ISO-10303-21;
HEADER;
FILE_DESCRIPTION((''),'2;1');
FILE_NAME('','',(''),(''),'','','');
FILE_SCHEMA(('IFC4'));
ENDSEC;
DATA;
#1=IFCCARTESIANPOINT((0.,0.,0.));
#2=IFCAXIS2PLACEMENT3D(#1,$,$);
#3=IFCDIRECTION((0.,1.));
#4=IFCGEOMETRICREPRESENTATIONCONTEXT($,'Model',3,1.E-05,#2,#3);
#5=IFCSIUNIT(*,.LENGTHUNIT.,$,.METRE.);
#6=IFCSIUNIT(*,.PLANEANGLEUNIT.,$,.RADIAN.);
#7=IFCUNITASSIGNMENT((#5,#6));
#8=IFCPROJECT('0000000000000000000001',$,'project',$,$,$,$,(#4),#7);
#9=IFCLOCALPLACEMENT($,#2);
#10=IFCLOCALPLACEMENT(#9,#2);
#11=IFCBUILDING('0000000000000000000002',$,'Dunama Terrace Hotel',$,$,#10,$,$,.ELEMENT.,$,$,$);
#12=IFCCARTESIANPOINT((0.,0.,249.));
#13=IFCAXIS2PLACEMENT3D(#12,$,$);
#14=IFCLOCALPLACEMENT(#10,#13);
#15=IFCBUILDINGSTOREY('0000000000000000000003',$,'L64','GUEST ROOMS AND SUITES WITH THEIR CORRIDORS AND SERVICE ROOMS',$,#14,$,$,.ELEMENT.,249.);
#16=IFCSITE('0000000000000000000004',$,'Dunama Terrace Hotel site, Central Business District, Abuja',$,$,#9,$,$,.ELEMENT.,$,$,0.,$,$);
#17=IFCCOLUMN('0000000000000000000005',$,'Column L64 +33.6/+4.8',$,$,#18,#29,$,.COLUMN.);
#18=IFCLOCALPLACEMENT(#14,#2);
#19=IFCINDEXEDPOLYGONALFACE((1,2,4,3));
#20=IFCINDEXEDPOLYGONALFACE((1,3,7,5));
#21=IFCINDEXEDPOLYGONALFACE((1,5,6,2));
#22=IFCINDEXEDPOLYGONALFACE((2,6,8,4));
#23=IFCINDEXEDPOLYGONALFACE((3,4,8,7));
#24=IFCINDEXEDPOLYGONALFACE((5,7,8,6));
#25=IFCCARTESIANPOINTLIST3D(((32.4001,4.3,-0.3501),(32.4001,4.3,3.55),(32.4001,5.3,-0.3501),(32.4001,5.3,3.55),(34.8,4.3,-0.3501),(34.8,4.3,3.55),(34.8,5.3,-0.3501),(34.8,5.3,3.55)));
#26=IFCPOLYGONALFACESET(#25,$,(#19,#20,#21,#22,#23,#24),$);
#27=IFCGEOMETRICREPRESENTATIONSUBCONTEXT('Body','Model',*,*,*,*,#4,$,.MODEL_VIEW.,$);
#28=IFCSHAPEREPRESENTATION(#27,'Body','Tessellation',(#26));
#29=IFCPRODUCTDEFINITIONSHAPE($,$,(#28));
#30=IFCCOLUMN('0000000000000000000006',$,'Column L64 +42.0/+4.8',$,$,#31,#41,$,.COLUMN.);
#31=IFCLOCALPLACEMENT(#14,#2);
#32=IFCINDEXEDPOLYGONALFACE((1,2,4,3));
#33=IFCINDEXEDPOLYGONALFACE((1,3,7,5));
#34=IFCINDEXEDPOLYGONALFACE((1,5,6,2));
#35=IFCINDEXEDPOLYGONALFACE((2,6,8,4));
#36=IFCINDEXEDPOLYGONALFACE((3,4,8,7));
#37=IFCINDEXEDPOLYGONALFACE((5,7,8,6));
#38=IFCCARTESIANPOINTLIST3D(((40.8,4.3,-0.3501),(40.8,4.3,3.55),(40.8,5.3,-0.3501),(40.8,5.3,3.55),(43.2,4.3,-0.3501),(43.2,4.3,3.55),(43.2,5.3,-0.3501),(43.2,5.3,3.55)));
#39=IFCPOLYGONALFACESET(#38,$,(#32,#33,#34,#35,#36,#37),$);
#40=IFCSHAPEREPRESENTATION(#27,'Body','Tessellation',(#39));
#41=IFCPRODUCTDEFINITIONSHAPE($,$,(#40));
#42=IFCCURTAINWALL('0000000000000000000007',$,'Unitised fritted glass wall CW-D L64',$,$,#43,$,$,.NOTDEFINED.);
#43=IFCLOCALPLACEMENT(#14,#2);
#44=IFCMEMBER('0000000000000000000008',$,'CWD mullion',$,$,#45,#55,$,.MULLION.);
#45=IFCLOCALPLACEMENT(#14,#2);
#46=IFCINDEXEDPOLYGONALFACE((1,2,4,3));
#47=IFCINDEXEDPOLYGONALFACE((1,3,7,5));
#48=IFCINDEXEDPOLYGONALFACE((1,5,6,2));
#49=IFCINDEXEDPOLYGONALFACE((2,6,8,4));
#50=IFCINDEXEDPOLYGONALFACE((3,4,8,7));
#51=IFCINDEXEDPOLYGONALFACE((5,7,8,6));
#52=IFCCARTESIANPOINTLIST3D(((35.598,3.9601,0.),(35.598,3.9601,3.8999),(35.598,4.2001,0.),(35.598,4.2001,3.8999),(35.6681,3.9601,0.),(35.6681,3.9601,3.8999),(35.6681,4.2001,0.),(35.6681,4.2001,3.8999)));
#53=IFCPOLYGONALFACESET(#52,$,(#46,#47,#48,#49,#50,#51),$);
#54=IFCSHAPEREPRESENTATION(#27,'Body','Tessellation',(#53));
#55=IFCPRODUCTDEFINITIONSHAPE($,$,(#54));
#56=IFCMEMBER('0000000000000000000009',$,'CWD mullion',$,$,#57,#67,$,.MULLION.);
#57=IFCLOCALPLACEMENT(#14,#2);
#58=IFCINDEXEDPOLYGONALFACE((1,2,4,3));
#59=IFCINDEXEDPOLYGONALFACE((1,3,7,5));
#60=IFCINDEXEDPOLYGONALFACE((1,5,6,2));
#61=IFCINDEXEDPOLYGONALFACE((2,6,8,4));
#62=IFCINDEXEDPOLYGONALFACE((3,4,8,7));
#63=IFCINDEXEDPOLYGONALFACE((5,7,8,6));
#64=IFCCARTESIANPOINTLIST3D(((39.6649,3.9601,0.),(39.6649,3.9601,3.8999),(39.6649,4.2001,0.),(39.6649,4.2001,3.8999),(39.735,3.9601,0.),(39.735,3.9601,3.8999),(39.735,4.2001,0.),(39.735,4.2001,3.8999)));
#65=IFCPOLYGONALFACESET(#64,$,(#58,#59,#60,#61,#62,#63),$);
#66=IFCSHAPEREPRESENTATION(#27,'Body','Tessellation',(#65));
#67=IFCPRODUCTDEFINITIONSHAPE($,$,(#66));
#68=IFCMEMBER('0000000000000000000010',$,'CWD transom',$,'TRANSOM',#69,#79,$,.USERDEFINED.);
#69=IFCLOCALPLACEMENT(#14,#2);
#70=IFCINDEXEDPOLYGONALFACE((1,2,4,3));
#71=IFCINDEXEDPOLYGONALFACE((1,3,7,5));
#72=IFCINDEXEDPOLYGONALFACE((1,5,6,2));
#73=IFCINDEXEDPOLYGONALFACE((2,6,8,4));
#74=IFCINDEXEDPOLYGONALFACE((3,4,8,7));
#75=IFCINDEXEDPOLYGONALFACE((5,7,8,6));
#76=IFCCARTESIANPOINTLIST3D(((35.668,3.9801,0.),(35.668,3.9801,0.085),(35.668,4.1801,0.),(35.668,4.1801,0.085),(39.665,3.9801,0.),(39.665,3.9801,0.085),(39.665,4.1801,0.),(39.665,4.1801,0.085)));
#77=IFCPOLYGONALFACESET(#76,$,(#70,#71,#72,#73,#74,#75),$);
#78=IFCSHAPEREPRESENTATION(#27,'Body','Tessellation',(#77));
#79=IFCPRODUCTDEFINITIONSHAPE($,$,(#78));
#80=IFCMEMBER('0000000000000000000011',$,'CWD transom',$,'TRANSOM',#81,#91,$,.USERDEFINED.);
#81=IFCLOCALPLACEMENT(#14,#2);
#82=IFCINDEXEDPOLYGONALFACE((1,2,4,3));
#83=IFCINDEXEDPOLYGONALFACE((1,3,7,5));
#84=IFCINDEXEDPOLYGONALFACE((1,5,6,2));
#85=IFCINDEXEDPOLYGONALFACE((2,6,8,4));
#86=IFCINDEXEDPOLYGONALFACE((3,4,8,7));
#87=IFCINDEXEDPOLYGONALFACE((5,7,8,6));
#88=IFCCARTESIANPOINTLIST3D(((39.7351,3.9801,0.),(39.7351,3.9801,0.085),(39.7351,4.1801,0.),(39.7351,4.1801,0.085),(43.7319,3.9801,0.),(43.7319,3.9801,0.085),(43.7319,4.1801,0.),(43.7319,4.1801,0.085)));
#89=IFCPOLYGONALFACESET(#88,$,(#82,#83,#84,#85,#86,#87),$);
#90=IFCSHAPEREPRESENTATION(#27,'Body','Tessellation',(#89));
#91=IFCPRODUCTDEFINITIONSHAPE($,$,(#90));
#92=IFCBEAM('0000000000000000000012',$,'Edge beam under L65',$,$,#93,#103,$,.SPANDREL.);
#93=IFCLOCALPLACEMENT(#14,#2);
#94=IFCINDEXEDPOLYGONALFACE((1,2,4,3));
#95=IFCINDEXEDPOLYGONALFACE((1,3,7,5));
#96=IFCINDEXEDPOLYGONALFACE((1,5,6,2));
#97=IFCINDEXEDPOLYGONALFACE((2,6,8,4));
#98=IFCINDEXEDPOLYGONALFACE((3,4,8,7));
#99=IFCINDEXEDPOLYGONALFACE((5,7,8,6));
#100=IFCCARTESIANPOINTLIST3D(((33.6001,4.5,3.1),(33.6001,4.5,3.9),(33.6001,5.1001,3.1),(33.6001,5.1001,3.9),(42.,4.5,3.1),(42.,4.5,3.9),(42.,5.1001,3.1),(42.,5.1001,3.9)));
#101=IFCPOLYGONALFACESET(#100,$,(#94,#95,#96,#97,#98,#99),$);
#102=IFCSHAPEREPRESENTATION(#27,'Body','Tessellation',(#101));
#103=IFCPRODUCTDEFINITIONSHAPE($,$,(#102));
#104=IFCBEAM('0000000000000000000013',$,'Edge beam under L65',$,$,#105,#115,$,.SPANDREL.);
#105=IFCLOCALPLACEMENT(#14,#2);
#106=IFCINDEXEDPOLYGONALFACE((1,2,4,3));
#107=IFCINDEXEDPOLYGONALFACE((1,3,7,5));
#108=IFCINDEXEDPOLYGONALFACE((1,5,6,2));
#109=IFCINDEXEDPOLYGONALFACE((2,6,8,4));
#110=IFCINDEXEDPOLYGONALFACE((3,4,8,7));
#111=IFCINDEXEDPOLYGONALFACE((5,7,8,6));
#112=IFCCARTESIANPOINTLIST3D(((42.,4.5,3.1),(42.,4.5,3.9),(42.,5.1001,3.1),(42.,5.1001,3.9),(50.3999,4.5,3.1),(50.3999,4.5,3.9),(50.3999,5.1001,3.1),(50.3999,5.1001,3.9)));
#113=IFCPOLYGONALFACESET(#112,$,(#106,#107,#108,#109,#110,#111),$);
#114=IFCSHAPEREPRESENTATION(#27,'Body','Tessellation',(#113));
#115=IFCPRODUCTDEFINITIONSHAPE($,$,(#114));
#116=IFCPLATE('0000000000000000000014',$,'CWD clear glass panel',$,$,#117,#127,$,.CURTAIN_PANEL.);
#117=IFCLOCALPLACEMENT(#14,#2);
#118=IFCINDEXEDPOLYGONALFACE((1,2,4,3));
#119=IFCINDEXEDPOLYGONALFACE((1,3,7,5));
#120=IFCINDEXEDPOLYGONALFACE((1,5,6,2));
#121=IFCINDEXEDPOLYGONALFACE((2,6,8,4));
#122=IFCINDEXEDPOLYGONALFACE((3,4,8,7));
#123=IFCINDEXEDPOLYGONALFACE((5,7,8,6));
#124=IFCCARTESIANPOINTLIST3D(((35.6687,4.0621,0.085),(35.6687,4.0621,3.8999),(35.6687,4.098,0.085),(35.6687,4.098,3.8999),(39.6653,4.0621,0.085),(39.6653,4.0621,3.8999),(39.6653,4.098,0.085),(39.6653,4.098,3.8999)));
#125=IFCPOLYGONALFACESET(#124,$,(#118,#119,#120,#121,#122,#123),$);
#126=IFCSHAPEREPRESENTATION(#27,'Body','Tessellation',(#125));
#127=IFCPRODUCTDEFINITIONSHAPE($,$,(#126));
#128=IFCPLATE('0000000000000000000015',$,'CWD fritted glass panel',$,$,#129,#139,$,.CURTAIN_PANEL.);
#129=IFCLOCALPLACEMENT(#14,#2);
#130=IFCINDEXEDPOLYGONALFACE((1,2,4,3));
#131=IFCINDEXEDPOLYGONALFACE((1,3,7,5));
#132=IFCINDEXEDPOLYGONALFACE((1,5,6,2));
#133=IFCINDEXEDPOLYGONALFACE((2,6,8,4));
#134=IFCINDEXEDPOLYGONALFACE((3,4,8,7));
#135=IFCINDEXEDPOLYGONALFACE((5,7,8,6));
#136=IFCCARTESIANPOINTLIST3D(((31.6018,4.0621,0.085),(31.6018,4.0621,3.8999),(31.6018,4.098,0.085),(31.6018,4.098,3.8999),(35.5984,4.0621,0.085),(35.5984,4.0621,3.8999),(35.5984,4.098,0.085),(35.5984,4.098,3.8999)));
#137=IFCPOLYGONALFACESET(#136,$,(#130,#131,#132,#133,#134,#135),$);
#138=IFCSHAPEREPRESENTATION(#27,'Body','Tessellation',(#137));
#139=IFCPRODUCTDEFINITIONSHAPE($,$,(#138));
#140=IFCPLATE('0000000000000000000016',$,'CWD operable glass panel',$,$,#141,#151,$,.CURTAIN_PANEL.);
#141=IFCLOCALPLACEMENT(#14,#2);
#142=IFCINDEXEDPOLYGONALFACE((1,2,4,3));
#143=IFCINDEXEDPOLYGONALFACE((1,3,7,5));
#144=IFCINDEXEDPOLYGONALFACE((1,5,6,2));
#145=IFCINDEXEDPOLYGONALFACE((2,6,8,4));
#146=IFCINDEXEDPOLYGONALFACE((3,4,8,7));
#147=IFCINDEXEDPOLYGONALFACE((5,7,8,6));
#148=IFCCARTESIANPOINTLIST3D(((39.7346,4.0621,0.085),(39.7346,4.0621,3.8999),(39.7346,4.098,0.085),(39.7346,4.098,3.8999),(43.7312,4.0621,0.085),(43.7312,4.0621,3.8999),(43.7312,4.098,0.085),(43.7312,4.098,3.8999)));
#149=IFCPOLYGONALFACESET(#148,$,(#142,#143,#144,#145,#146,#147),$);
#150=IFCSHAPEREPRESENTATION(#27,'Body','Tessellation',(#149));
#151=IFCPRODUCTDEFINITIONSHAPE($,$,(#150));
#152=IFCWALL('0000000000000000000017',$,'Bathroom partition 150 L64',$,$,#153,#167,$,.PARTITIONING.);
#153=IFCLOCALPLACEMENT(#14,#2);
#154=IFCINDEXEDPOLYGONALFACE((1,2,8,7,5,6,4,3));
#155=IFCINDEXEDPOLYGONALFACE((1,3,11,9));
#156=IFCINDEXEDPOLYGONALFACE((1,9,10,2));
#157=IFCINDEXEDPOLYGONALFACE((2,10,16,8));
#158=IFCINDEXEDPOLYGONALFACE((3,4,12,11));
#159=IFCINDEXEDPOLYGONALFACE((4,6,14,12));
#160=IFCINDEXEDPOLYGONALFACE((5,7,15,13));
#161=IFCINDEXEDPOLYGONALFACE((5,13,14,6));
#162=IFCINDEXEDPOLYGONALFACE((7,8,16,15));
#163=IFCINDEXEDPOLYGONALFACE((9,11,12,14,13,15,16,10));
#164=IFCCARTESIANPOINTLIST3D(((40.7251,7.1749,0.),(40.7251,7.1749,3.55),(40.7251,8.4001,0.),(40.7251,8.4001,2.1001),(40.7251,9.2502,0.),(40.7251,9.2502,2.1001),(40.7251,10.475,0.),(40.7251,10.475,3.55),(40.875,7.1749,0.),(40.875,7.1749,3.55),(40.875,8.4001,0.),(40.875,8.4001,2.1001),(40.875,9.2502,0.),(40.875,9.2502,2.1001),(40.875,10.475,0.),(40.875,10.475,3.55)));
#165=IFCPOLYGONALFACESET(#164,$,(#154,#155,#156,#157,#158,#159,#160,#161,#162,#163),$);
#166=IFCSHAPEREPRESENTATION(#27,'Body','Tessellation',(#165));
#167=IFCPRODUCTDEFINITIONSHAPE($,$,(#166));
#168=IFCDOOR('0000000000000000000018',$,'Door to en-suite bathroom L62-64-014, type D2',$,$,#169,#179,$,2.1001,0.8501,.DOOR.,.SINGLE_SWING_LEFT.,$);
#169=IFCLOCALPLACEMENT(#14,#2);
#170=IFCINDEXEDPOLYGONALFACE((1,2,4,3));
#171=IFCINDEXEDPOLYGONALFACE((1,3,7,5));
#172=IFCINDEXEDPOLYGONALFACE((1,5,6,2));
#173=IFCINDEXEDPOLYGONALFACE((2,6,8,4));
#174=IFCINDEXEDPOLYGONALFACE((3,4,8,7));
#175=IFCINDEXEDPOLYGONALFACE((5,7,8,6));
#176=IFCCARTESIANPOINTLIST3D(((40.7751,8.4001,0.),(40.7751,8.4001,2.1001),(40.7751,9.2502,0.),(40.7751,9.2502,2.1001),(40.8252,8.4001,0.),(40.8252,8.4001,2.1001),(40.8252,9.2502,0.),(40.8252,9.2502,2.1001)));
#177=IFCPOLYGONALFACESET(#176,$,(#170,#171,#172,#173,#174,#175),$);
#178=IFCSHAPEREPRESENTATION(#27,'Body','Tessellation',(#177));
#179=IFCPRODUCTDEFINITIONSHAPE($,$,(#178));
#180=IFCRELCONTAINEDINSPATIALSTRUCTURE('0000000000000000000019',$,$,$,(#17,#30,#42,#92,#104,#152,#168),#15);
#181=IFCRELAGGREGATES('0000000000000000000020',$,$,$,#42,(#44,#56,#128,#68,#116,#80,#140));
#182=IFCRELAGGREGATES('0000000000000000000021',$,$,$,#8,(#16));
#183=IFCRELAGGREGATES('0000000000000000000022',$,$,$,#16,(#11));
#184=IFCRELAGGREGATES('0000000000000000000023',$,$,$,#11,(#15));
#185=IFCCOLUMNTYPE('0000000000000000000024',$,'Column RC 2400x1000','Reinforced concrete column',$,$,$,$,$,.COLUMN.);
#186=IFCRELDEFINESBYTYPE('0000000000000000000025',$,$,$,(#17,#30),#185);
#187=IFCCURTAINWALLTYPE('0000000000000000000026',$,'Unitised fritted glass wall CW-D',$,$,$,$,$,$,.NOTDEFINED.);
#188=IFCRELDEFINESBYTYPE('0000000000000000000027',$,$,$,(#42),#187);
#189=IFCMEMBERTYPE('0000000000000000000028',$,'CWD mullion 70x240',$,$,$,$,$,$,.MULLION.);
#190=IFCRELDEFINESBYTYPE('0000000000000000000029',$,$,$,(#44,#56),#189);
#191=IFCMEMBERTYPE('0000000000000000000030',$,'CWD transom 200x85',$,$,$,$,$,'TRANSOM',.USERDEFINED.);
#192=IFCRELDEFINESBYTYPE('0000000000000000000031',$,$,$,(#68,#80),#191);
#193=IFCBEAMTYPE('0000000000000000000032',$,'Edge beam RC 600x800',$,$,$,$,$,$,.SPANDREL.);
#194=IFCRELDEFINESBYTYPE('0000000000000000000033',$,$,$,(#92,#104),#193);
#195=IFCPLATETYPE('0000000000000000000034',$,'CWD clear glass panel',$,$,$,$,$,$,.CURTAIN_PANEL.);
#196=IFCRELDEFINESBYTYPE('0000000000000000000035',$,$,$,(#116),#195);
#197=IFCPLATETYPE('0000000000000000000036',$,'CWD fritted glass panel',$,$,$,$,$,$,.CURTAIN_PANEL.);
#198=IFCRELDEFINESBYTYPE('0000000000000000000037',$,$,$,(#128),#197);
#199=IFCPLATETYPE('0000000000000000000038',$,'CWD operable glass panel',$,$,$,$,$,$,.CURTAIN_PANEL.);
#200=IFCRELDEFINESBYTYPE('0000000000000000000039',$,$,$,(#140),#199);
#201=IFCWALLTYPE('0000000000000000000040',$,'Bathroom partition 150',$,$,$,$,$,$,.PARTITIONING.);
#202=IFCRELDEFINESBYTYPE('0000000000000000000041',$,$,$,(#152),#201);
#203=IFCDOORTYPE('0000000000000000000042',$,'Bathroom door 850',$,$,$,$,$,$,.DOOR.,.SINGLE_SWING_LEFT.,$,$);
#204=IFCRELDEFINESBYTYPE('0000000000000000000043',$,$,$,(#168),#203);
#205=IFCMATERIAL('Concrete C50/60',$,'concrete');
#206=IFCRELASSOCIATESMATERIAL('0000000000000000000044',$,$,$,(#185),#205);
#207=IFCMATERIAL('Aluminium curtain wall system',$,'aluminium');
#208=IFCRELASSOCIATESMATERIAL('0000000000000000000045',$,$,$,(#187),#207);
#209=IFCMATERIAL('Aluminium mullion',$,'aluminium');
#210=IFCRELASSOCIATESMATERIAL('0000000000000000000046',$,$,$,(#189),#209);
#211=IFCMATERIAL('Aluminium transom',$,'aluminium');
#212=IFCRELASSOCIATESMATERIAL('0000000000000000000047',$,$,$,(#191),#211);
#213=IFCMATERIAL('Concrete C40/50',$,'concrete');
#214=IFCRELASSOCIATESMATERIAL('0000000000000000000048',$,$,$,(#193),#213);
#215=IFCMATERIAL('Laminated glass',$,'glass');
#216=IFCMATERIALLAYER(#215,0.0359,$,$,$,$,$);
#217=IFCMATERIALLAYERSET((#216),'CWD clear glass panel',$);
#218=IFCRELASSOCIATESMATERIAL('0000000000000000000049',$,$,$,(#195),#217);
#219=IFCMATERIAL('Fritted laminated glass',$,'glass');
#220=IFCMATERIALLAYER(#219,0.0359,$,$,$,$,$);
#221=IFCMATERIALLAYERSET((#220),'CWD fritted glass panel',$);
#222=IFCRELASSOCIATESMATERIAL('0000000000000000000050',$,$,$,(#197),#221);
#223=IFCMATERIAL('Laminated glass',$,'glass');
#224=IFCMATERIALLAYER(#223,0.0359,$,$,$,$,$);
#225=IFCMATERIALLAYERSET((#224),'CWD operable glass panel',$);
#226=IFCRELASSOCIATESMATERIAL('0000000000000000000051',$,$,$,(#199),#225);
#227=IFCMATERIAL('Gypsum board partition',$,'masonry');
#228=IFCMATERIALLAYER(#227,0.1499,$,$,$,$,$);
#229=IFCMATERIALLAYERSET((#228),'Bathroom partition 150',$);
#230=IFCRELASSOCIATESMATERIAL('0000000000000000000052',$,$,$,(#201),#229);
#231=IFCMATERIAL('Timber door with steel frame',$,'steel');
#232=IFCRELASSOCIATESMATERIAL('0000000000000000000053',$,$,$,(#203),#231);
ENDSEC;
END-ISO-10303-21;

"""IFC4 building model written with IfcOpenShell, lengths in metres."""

from ifc_helpers import new_model, si_unit, direction, frame, frame_2d, origin, origin_2d, place, context, subcontext, project, spatial, rectangle, extrude, material, layer, layer_set, material_profile, profile_set, type_object, element, fill, aggregate, save


model = new_model("IFC4")

# Units and contexts
model_context = context("Model", 3, precision=1e-05, world=origin(), true_north=direction((0.0, 1.0)))
body_context = subcontext(model_context, "Body", "Model", "MODEL_VIEW")
ifc_project = project(units=[si_unit("LENGTHUNIT", "METRE"), si_unit("PLANEANGLEUNIT", "RADIAN")], contexts=[model_context])

# Site, building, storey
site_placement = place(None, origin())
site = spatial("IfcSite", under=ifc_project, at=site_placement, Name="Dunama Terrace Hotel site, Central Business District, Abuja", CompositionType="ELEMENT", RefElevation=0.0)
building_placement = place(site_placement, origin())
building = spatial("IfcBuilding", under=site, at=building_placement, Name="Dunama Terrace Hotel", CompositionType="ELEMENT")
storey_placement = place(building_placement, frame((0.0, 0.0, 249.0)))
storey = spatial("IfcBuildingStorey", under=building, at=storey_placement, Name="L64", Description="GUEST ROOMS AND SUITES WITH THEIR CORRIDORS AND SERVICE ROOMS", CompositionType="ELEMENT", Elevation=249.0)

# Columns
ifc_material_1 = material(Name="Concrete C50/60", Category="concrete")
ifc_material_profile_1 = material_profile(ifc_material_1, rectangle(XDim=2.3999, YDim=1.0, at=origin_2d()), Name="RC 2400x1000")
ifc_profile_set_1 = profile_set([ifc_material_profile_1], Name="Concrete C50/60")
column_type = type_object("IfcColumnType", Name="Column RC 2400x1000", Description="Reinforced concrete column", PredefinedType="COLUMN", material=ifc_profile_set_1)
for number, where, z_axis, x_axis, name in (
    (1, (33.6001, 4.8, -0.3501), (0.0, 0.0, 1.0), (1.0, 0.0, 0.0), "Column L64 +33.6/+4.8"),
    (2, (42.0, 4.8, -0.3501), (0.0, 0.0, 1.0), (1.0, 0.0, 0.0), "Column L64 +42.0/+4.8"),
):
    element("IfcColumn", number, at=place(storey_placement, frame(where, z_axis=z_axis, x_axis=x_axis)), inside=storey, type_object=column_type, Name=name, PredefinedType="COLUMN", context=body_context, shape_type="SweptSolid", body=[
        extrude(rectangle(XDim=2.3999, YDim=1.0, at=origin_2d()), origin(), (0.0, 0.0, 1.0), 3.9001),
    ])

# Curtain wall, members
ifc_material_2 = material(Name="Aluminium curtain wall system", Category="aluminium")
curtain_wall_type = type_object("IfcCurtainWallType", Name="Unitised fritted glass wall CW-D", PredefinedType="NOTDEFINED", material=ifc_material_2)
curtain_wall_placement = place(storey_placement, origin())
curtain_wall = element("IfcCurtainWall", 3, at=curtain_wall_placement, inside=storey, type_object=curtain_wall_type, Name="Unitised fritted glass wall CW-D L64", PredefinedType="NOTDEFINED")
ifc_material_3 = material(Name="Aluminium mullion", Category="aluminium")
ifc_material_profile_2 = material_profile(ifc_material_3, rectangle(XDim=0.0701, YDim=0.24, at=origin_2d()), Name="CWD MULLION 70X240")
ifc_profile_set_2 = profile_set([ifc_material_profile_2], Name="Aluminium mullion")
member_type_1 = type_object("IfcMemberType", Name="CWD mullion 70x240", PredefinedType="MULLION", material=ifc_profile_set_2)
member_1_placement = place(storey_placement, frame((35.6331, 4.0801, 0.0), z_axis=(0.0, 0.0, 1.0), x_axis=(1.0, 0.0, 0.0)))
member_1 = element("IfcMember", 4, at=member_1_placement, type_object=member_type_1, Name="CWD mullion", PredefinedType="MULLION", context=body_context, shape_type="SweptSolid", body=[
    extrude(rectangle(XDim=0.0701, YDim=0.24, at=origin_2d()), origin(), (0.0, 0.0, 1.0), 3.8999),
])
member_2_placement = place(storey_placement, frame((39.7, 4.0801, 0.0), z_axis=(0.0, 0.0, 1.0), x_axis=(1.0, 0.0, 0.0)))
member_2 = element("IfcMember", 5, at=member_2_placement, type_object=member_type_1, Name="CWD mullion", PredefinedType="MULLION", context=body_context, shape_type="SweptSolid", body=[
    extrude(rectangle(XDim=0.0701, YDim=0.24, at=origin_2d()), origin(), (0.0, 0.0, 1.0), 3.8999),
])
ifc_material_4 = material(Name="Aluminium transom", Category="aluminium")
ifc_material_profile_3 = material_profile(ifc_material_4, rectangle(XDim=0.2, YDim=0.085, at=origin_2d()), Name="CWD TRANSOM 200X85")
ifc_profile_set_3 = profile_set([ifc_material_profile_3], Name="Aluminium transom")
member_type_2 = type_object("IfcMemberType", Name="CWD transom 200x85", ElementType="TRANSOM", PredefinedType="USERDEFINED", material=ifc_profile_set_3)
member_3_placement = place(storey_placement, frame((35.668, 4.0801, 0.0425), z_axis=(1.0, 0.0, 0.0), x_axis=(0.0, 1.0, 0.0)))
member_3 = element("IfcMember", 6, at=member_3_placement, type_object=member_type_2, Name="CWD transom", ObjectType="TRANSOM", PredefinedType="USERDEFINED", context=body_context, shape_type="SweptSolid", body=[
    extrude(rectangle(XDim=0.2, YDim=0.085, at=origin_2d()), origin(), (0.0, 0.0, 1.0), 3.9971),
])
member_4_placement = place(storey_placement, frame((39.7351, 4.0801, 0.0425), z_axis=(1.0, 0.0, 0.0), x_axis=(0.0, 1.0, 0.0)))
member_4 = element("IfcMember", 7, at=member_4_placement, type_object=member_type_2, Name="CWD transom", ObjectType="TRANSOM", PredefinedType="USERDEFINED", context=body_context, shape_type="SweptSolid", body=[
    extrude(rectangle(XDim=0.2, YDim=0.085, at=origin_2d()), origin(), (0.0, 0.0, 1.0), 3.9968),
])

# Beams
ifc_material_5 = material(Name="Concrete C40/50", Category="concrete")
ifc_material_profile_4 = material_profile(ifc_material_5, rectangle(XDim=0.6001, YDim=0.8, at=origin_2d()), Name="RC 600x800")
ifc_profile_set_4 = profile_set([ifc_material_profile_4], Name="Concrete C40/50")
beam_type = type_object("IfcBeamType", Name="Edge beam RC 600x800", PredefinedType="SPANDREL", material=ifc_profile_set_4)
for number, where, z_axis, x_axis, name in (
    (8, (33.6001, 4.8, 3.5), (1.0, 0.0, 0.0), (0.0, 1.0, 0.0), "Edge beam under L65"),
    (9, (42.0, 4.8, 3.5), (1.0, 0.0, 0.0), (0.0, 1.0, 0.0), "Edge beam under L65"),
):
    element("IfcBeam", number, at=place(storey_placement, frame(where, z_axis=z_axis, x_axis=x_axis)), inside=storey, type_object=beam_type, Name=name, PredefinedType="SPANDREL", context=body_context, shape_type="SweptSolid", body=[
        extrude(rectangle(XDim=0.6001, YDim=0.8, at=origin_2d()), origin(), (0.0, 0.0, 1.0), 8.3999),
    ])

# Plates
ifc_material_6 = material(Name="Laminated glass", Category="glass")
ifc_layer_1 = layer(ifc_material_6, 0.0359)
ifc_layer_set_1 = layer_set([ifc_layer_1], Name="CWD clear glass panel")
plate_type_1 = type_object("IfcPlateType", Name="CWD clear glass panel", PredefinedType="CURTAIN_PANEL", material=ifc_layer_set_1)
plate_1_placement = place(storey_placement, frame((37.667, 4.0801, 0.085), z_axis=(0.0, 0.0, 1.0), x_axis=(1.0, 0.0, 0.0)))
plate_1 = element("IfcPlate", 10, at=plate_1_placement, type_object=plate_type_1, Name="CWD clear glass panel", PredefinedType="CURTAIN_PANEL", context=body_context, shape_type="SweptSolid", body=[
    extrude(rectangle(XDim=3.9966, YDim=0.0359, at=origin_2d()), origin(), (0.0, 0.0, 1.0), 3.8149),
])
ifc_material_7 = material(Name="Fritted laminated glass", Category="glass")
ifc_layer_2 = layer(ifc_material_7, 0.0359)
ifc_layer_set_2 = layer_set([ifc_layer_2], Name="CWD fritted glass panel")
plate_type_2 = type_object("IfcPlateType", Name="CWD fritted glass panel", PredefinedType="CURTAIN_PANEL", material=ifc_layer_set_2)
plate_2_placement = place(storey_placement, frame((33.6001, 4.0801, 0.085), z_axis=(0.0, 0.0, 1.0), x_axis=(1.0, 0.0, 0.0)))
plate_2 = element("IfcPlate", 11, at=plate_2_placement, type_object=plate_type_2, Name="CWD fritted glass panel", PredefinedType="CURTAIN_PANEL", context=body_context, shape_type="SweptSolid", body=[
    extrude(rectangle(XDim=3.9966, YDim=0.0359, at=origin_2d()), origin(), (0.0, 0.0, 1.0), 3.8149),
])
ifc_material_8 = material(Name="Laminated glass", Category="glass")
ifc_layer_3 = layer(ifc_material_8, 0.0359)
ifc_layer_set_3 = layer_set([ifc_layer_3], Name="CWD operable glass panel")
plate_type_3 = type_object("IfcPlateType", Name="CWD operable glass panel", PredefinedType="CURTAIN_PANEL", material=ifc_layer_set_3)
plate_3_placement = place(storey_placement, frame((41.7329, 4.0801, 0.085), z_axis=(0.0, 0.0, 1.0), x_axis=(1.0, 0.0, 0.0)))
plate_3 = element("IfcPlate", 12, at=plate_3_placement, type_object=plate_type_3, Name="CWD operable glass panel", PredefinedType="CURTAIN_PANEL", context=body_context, shape_type="SweptSolid", body=[
    extrude(rectangle(XDim=3.9966, YDim=0.0359, at=origin_2d()), origin(), (0.0, 0.0, 1.0), 3.8149),
])
aggregate(curtain_wall, [member_1, member_2, plate_2, member_3, plate_1, member_4, plate_3])

# Wall, opening, door
ifc_material_9 = material(Name="Gypsum board partition", Category="masonry")
ifc_layer_4 = layer(ifc_material_9, 0.1499)
ifc_layer_set_4 = layer_set([ifc_layer_4], Name="Bathroom partition 150")
wall_type_1 = type_object("IfcWallType", Name="Bathroom partition 150", PredefinedType="PARTITIONING", material=ifc_layer_set_4)
wall_1_placement = place(storey_placement, frame((40.8, 7.175, 0.0), z_axis=(0.0, 0.0, 1.0), x_axis=(0.0, 1.0, 0.0)))
wall_1 = element("IfcWall", 13, at=wall_1_placement, inside=storey, type_object=wall_type_1, Name="Bathroom partition 150 L64", PredefinedType="PARTITIONING", context=body_context, shape_type="SweptSolid", body=[
    extrude(rectangle(XDim=3.3, YDim=0.1499, at=frame_2d((1.6499, 0.0))), origin(), (0.0, 0.0, 1.0), 3.55),
])
opening_1_placement = place(wall_1_placement, frame((1.2251, 0.0, 0.0)))
opening_1 = element("IfcOpeningElement", 14, at=opening_1_placement, cuts=wall_1, PredefinedType="OPENING", context=body_context, shape_type="SweptSolid", body=[
    extrude(rectangle(XDim=0.8501, YDim=2.1001, at=frame_2d((0.425, 1.05))), frame((0.0, 0.085, 0.0), z_axis=(0.0, -1.0, 0.0), x_axis=(1.0, 0.0, 0.0)), (0.0, 0.0, 1.0), 0.1699),
])
ifc_material_10 = material(Name="Timber door with steel frame", Category="steel")
door_type_1 = type_object("IfcDoorType", Name="Bathroom door 850", OperationType="SINGLE_SWING_LEFT", PredefinedType="DOOR", material=ifc_material_10)
door_1_placement = place(opening_1_placement, origin())
door_1 = element("IfcDoor", 15, at=door_1_placement, inside=storey, type_object=door_type_1, Name="Door to en-suite bathroom L62-64-014, type D2", OperationType="SINGLE_SWING_LEFT", OverallHeight=2.1001, OverallWidth=0.8501, PredefinedType="DOOR", context=body_context, shape_type="SweptSolid", body=[
    extrude(rectangle(XDim=0.8501, YDim=2.1001, at=frame_2d((0.425, 1.05))), frame((0.0, 0.0249, 0.0), z_axis=(0.0, -1.0, 0.0), x_axis=(1.0, 0.0, 0.0)), (0.0, 0.0, 1.0), 0.05),
])
fill(opening_1, door_1)

save(model, "model.ifc")
